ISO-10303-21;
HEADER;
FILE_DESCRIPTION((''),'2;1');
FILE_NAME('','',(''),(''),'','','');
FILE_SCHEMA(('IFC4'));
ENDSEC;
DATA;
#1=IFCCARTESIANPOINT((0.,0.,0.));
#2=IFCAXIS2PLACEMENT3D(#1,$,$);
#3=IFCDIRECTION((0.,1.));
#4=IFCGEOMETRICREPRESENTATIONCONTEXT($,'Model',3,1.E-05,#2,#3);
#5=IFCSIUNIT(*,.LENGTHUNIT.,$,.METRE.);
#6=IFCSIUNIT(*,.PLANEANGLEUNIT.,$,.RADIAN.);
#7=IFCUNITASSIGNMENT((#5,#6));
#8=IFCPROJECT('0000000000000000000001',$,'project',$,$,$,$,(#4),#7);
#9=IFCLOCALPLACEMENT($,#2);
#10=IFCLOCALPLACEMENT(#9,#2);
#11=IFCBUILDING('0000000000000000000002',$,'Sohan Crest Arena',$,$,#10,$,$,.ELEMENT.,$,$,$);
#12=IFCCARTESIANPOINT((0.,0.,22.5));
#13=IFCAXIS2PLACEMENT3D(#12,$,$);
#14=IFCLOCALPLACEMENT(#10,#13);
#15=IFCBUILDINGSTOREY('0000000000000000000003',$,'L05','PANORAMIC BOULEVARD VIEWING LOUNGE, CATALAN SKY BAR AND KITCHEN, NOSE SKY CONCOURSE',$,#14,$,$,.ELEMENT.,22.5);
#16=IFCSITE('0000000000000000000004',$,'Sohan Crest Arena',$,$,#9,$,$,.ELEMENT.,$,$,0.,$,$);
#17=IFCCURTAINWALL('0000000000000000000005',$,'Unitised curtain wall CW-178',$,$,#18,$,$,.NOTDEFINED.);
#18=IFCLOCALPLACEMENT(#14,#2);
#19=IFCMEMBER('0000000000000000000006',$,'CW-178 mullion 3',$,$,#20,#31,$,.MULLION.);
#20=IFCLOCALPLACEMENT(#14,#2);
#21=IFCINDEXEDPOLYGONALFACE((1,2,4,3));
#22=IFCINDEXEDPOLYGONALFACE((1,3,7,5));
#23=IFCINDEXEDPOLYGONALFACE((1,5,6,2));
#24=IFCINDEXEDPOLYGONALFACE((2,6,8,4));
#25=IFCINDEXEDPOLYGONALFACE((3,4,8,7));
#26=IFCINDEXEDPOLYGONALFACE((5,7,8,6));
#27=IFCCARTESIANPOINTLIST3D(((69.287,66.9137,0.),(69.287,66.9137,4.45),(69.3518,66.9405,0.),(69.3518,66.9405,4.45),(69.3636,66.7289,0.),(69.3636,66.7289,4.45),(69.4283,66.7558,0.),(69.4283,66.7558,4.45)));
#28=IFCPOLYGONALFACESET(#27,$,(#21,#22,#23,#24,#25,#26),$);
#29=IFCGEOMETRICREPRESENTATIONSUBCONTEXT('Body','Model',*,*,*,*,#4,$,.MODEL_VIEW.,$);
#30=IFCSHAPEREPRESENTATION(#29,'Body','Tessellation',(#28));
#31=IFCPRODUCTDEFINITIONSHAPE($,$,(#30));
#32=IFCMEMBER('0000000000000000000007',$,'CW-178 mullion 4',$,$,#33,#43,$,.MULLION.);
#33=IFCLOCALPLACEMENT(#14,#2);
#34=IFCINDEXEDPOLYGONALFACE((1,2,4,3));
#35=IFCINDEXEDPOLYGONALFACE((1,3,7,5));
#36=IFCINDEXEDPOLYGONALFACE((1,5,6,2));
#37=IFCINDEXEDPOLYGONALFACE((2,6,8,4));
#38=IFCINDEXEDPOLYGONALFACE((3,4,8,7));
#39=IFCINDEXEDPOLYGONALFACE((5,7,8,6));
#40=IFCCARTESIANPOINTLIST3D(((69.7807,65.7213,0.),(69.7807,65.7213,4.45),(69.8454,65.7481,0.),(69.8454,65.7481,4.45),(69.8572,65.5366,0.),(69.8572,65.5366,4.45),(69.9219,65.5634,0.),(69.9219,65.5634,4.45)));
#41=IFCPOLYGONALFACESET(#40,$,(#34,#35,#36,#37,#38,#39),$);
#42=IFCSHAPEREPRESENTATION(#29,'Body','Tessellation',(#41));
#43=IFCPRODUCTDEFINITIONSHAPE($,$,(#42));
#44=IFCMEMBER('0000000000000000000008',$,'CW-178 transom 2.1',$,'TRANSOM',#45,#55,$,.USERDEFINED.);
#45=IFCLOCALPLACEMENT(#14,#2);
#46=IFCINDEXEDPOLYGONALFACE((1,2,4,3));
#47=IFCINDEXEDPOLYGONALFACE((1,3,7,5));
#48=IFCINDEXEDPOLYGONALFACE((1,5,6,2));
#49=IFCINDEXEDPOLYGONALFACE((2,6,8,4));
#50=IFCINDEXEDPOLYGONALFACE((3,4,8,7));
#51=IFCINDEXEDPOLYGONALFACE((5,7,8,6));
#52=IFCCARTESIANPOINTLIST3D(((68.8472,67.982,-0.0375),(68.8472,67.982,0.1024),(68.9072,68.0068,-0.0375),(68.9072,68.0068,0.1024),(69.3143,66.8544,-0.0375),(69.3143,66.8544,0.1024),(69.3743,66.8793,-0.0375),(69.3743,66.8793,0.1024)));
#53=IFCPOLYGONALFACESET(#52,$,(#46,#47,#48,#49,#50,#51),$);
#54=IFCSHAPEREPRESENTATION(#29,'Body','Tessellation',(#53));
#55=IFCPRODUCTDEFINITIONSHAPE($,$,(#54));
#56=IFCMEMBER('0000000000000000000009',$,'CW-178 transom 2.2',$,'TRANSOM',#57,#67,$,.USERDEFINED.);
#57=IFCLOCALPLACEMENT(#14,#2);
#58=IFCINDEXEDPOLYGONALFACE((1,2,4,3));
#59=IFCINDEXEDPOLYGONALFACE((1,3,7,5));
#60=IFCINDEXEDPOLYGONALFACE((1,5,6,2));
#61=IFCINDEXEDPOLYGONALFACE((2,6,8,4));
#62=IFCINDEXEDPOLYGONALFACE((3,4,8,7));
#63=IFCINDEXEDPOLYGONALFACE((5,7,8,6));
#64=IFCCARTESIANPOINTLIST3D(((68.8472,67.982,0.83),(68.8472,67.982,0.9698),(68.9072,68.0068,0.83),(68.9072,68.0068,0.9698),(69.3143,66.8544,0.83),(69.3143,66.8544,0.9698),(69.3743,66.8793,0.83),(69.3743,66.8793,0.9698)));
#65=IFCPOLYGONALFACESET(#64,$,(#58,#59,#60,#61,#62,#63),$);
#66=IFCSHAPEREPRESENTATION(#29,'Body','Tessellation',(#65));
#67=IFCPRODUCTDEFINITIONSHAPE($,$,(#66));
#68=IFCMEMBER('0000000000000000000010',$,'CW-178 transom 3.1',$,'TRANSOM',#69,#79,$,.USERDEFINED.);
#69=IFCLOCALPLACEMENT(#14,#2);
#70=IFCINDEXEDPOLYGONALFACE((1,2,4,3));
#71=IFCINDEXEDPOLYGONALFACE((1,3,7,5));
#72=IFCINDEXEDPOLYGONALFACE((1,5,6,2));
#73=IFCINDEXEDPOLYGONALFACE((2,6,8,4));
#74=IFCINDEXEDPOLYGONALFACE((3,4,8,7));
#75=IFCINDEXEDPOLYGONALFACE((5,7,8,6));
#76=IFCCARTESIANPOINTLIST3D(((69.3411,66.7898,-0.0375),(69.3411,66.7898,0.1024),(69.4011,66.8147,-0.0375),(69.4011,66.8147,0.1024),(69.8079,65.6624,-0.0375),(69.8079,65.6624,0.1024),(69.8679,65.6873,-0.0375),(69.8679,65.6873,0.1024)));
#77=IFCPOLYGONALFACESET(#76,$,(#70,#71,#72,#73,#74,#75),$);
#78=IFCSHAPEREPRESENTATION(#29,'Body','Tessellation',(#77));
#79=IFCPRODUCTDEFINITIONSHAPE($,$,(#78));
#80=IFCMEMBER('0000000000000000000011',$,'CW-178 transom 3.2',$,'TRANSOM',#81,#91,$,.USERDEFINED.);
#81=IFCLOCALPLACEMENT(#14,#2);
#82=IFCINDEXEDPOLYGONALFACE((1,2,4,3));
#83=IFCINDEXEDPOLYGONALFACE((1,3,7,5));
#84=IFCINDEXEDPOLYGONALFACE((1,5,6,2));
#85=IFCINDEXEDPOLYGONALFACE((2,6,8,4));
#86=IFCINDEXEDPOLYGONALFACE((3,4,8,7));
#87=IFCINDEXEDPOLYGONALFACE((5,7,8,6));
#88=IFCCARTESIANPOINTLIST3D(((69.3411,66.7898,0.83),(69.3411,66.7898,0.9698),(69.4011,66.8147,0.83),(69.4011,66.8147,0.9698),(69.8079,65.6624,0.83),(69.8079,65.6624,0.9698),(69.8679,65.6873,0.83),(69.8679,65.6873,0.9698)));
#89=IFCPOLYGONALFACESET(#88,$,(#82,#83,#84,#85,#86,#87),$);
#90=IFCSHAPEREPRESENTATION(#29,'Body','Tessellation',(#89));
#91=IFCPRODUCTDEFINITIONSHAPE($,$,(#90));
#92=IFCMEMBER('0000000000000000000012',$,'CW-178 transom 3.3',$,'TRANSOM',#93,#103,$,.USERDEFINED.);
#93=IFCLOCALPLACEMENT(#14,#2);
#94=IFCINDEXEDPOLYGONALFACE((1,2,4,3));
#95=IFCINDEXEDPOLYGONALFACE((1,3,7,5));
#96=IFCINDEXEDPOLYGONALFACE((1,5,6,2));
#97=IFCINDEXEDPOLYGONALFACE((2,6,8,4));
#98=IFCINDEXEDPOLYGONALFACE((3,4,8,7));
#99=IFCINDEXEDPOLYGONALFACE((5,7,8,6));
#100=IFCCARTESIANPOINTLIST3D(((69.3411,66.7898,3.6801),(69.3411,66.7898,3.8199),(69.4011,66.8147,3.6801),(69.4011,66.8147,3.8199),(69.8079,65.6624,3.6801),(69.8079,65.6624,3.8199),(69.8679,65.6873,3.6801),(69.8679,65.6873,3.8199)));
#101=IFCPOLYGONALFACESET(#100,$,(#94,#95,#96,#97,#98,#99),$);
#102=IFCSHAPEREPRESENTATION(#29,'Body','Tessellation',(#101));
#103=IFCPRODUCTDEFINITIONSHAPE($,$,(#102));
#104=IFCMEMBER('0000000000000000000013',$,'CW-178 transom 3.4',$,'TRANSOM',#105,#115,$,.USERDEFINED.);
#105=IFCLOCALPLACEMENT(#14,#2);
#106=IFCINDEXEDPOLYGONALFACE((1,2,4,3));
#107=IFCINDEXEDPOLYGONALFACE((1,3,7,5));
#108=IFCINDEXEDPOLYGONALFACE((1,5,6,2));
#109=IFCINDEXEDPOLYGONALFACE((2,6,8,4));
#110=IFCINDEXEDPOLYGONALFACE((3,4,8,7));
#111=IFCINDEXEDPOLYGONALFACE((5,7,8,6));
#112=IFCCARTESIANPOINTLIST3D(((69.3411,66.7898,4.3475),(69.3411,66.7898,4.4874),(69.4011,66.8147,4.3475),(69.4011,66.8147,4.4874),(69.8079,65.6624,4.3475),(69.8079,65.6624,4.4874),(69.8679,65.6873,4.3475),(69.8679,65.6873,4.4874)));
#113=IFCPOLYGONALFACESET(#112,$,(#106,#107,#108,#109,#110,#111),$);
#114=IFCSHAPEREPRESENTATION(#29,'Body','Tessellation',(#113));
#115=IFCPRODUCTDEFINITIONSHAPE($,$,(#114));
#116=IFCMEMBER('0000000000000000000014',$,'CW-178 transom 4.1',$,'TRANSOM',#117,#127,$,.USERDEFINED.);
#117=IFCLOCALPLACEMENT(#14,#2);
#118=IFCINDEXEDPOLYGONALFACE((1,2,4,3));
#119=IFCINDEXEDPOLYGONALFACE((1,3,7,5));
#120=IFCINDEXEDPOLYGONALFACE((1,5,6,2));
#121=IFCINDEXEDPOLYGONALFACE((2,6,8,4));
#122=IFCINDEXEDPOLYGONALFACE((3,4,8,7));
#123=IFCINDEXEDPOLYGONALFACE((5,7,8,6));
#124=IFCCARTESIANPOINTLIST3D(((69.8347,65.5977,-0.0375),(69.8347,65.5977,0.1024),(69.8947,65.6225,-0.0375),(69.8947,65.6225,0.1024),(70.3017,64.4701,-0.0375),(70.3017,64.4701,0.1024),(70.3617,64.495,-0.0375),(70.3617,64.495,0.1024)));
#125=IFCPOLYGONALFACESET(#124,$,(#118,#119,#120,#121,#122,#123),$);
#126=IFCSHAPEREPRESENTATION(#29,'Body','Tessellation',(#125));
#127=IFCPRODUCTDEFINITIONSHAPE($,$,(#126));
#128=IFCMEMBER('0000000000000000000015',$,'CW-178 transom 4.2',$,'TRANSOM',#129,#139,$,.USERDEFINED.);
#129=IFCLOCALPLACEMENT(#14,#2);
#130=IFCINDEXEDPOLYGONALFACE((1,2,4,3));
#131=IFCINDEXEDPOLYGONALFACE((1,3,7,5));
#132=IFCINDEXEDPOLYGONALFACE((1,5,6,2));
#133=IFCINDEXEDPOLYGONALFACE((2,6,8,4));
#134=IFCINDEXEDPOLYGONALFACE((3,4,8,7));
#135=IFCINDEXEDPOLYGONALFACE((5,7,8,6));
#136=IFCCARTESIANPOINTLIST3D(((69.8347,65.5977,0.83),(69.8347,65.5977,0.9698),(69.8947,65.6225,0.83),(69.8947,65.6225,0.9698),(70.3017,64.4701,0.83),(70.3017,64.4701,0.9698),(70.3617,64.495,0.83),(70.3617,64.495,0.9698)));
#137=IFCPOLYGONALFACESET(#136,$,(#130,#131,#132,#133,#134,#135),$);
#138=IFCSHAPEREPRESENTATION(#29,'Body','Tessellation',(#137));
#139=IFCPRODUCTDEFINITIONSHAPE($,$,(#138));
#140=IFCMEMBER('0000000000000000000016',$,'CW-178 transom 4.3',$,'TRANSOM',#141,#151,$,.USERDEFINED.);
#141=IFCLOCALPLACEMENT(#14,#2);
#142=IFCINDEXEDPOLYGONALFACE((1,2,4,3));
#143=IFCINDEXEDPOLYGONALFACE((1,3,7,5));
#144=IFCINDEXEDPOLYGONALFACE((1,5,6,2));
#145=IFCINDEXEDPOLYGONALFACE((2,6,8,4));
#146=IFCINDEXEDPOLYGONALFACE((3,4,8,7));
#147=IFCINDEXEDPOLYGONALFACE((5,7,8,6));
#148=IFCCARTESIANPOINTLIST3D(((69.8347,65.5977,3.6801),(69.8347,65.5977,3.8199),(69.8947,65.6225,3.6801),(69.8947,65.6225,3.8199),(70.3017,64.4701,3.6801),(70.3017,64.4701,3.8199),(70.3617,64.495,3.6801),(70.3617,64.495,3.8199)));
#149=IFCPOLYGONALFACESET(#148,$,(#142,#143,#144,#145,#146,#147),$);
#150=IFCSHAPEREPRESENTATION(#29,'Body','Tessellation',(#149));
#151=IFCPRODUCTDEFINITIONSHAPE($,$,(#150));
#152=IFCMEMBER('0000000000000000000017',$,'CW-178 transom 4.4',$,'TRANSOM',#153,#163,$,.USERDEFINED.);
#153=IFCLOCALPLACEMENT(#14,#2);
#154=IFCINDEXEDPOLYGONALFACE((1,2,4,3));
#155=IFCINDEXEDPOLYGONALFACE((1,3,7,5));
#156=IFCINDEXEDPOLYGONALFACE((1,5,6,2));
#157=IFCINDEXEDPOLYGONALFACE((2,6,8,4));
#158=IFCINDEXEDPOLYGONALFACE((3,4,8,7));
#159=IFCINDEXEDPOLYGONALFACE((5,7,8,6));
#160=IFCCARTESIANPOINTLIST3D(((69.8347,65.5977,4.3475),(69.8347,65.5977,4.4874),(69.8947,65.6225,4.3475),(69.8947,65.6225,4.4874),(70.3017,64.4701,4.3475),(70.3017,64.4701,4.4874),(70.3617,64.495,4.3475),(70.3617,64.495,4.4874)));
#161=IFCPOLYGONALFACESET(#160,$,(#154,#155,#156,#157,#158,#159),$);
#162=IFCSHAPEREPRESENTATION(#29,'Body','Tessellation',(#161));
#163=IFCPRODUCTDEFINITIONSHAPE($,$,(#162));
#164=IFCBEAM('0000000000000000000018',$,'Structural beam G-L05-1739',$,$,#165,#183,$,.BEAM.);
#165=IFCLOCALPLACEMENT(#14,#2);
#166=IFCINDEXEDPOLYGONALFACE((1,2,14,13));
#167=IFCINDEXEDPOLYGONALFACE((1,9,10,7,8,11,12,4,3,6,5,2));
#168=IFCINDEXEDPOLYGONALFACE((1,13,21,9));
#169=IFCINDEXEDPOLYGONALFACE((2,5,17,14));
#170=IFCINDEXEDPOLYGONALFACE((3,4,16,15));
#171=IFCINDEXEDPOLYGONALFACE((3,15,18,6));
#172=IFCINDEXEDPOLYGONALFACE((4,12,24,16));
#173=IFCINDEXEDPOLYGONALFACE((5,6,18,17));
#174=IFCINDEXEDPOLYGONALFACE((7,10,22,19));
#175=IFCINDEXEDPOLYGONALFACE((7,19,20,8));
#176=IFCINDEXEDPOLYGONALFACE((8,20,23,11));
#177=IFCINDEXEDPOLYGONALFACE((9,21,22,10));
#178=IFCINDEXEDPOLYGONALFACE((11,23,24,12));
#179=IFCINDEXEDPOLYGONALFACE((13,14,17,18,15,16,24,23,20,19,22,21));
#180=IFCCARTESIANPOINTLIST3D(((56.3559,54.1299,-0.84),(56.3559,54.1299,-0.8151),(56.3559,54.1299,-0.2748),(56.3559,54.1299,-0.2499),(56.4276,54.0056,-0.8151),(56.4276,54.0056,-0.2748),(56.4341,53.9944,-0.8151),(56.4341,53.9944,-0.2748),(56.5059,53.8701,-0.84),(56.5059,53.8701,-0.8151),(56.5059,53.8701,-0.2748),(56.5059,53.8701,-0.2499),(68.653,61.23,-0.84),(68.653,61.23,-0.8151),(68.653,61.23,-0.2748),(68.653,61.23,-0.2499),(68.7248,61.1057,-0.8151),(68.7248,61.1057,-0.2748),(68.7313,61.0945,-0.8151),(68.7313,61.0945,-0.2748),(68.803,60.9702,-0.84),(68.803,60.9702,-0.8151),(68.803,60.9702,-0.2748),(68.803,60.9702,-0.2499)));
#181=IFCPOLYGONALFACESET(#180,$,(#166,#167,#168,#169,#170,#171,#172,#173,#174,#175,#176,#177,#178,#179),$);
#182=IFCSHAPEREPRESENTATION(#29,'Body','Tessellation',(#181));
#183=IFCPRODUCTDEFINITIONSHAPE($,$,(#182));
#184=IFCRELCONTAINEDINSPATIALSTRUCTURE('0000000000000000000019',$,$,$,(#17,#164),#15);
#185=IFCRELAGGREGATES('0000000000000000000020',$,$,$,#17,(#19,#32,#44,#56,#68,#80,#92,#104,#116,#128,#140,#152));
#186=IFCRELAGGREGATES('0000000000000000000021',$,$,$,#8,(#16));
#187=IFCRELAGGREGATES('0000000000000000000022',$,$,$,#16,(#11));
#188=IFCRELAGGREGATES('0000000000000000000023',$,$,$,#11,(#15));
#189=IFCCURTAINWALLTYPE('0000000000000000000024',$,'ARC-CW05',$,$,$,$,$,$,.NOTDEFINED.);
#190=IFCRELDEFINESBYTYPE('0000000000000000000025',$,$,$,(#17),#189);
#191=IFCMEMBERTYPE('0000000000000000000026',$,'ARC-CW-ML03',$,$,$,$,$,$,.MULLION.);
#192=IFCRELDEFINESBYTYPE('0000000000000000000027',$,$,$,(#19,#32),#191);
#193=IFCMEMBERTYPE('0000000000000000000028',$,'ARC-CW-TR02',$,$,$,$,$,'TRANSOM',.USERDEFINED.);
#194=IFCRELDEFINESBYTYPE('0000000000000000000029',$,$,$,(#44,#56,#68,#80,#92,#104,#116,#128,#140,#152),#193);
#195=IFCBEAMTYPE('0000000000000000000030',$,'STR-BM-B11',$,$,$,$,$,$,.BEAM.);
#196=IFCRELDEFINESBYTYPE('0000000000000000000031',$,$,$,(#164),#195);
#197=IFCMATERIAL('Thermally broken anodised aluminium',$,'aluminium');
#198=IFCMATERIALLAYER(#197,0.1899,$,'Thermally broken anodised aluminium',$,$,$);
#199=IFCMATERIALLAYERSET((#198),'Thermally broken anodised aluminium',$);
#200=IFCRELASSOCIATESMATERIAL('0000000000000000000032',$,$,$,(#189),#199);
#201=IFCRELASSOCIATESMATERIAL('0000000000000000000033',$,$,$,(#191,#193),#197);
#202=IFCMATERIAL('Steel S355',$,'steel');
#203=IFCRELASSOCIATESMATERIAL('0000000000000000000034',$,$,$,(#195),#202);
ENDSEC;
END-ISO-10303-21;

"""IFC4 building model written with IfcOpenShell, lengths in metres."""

from ifc_helpers import new_model, si_unit, direction, frame, origin, origin_2d, place, context, subcontext, project, spatial, rectangle, i_section, extrude, material, layer, layer_set, material_profile, profile_set, type_object, element, aggregate, save


model = new_model("IFC4")

# Units and contexts
model_context = context("Model", 3, precision=1e-05, world=origin(), true_north=direction((0.0, 1.0)))
body_context = subcontext(model_context, "Body", "Model", "MODEL_VIEW")
ifc_project = project(units=[si_unit("LENGTHUNIT", "METRE"), si_unit("PLANEANGLEUNIT", "RADIAN")], contexts=[model_context])

# Site, building, storey
site_placement = place(None, origin())
site = spatial("IfcSite", under=ifc_project, at=site_placement, Name="Sohan Crest Arena", CompositionType="ELEMENT", RefElevation=0.0)
building_placement = place(site_placement, origin())
building = spatial("IfcBuilding", under=site, at=building_placement, Name="Sohan Crest Arena", CompositionType="ELEMENT")
storey_placement = place(building_placement, frame((0.0, 0.0, 22.5)))
storey = spatial("IfcBuildingStorey", under=building, at=storey_placement, Name="L05", Description="PANORAMIC BOULEVARD VIEWING LOUNGE, CATALAN SKY BAR AND KITCHEN, NOSE SKY CONCOURSE", CompositionType="ELEMENT", Elevation=22.5)

# Curtain wall, members
ifc_material_1 = material(Name="Thermally broken anodised aluminium", Category="aluminium")
ifc_layer_1 = layer(ifc_material_1, 0.1899, Name="Thermally broken anodised aluminium")
ifc_layer_set_1 = layer_set([ifc_layer_1], Name="Thermally broken anodised aluminium")
curtain_wall_type = type_object("IfcCurtainWallType", Name="ARC-CW05", PredefinedType="NOTDEFINED", material=ifc_layer_set_1)
curtain_wall_placement = place(storey_placement, origin())
curtain_wall = element("IfcCurtainWall", 1, at=curtain_wall_placement, inside=storey, type_object=curtain_wall_type, Name="Unitised curtain wall CW-178", PredefinedType="NOTDEFINED")
ifc_material_profile_1 = material_profile(ifc_material_1, rectangle(XDim=0.0701, YDim=0.2, at=origin_2d()), Name="ALU-MULL 70x200")
ifc_profile_set_1 = profile_set([ifc_material_profile_1], Name="Thermally broken anodised aluminium")
member_type_1 = type_object("IfcMemberType", Name="ARC-CW-ML03", PredefinedType="MULLION", material=ifc_profile_set_1)
member_1_placement = place(storey_placement, frame((69.3577, 66.8347, 0.0), z_axis=(0.0, 0.0, 1.0), x_axis=(0.923886, 0.382667, 0.0)))
member_1 = element("IfcMember", 2, at=member_1_placement, type_object=member_type_1, Name="CW-178 mullion 3", PredefinedType="MULLION", context=body_context, shape_type="SweptSolid", body=[
    extrude(rectangle(XDim=0.0701, YDim=0.2, at=origin_2d()), origin(), (0.0, 0.0, 1.0), 4.45),
])
member_2_placement = place(storey_placement, frame((69.8513, 65.6423, 0.0), z_axis=(0.0, 0.0, 1.0), x_axis=(0.923886, 0.382667, 0.0)))
member_2 = element("IfcMember", 3, at=member_2_placement, type_object=member_type_1, Name="CW-178 mullion 4", PredefinedType="MULLION", context=body_context, shape_type="SweptSolid", body=[
    extrude(rectangle(XDim=0.0701, YDim=0.2, at=origin_2d()), origin(), (0.0, 0.0, 1.0), 4.45),
])
ifc_material_profile_2 = material_profile(ifc_material_1, rectangle(XDim=0.0649, YDim=0.1399, at=origin_2d()), Name="ALU-TRAN 65x140")
ifc_profile_set_2 = profile_set([ifc_material_profile_2], Name="Thermally broken anodised aluminium")
member_type_2 = type_object("IfcMemberType", Name="ARC-CW-TR02", ElementType="TRANSOM", PredefinedType="USERDEFINED", material=ifc_profile_set_2)
member_3_placement = place(storey_placement, frame((68.8772, 67.9944, 0.0325), z_axis=(0.382711, -0.923868, 0.0), x_axis=(0.923868, 0.382711, 0.0)))
member_3 = element("IfcMember", 4, at=member_3_placement, type_object=member_type_2, Name="CW-178 transom 2.1", ObjectType="TRANSOM", PredefinedType="USERDEFINED", context=body_context, shape_type="SweptSolid", body=[
    extrude(rectangle(XDim=0.0649, YDim=0.1399, at=origin_2d()), origin(), (0.0, 0.0, 1.0), 1.2205),
])
member_4_placement = place(storey_placement, frame((68.8772, 67.9944, 0.8999), z_axis=(0.382711, -0.923868, 0.0), x_axis=(0.923868, 0.382711, 0.0)))
member_4 = element("IfcMember", 5, at=member_4_placement, type_object=member_type_2, Name="CW-178 transom 2.2", ObjectType="TRANSOM", PredefinedType="USERDEFINED", context=body_context, shape_type="SweptSolid", body=[
    extrude(rectangle(XDim=0.0649, YDim=0.1399, at=origin_2d()), origin(), (0.0, 0.0, 1.0), 1.2205),
])
member_5_placement = place(storey_placement, frame((69.3711, 66.8022, 0.0325), z_axis=(0.38254, -0.923939, 0.0), x_axis=(0.923939, 0.38254, 0.0)))
member_5 = element("IfcMember", 6, at=member_5_placement, type_object=member_type_2, Name="CW-178 transom 3.1", ObjectType="TRANSOM", PredefinedType="USERDEFINED", context=body_context, shape_type="SweptSolid", body=[
    extrude(rectangle(XDim=0.0649, YDim=0.1399, at=origin_2d()), origin(), (0.0, 0.0, 1.0), 1.2202),
])
member_6_placement = place(storey_placement, frame((69.3711, 66.8022, 0.8999), z_axis=(0.38254, -0.923939, 0.0), x_axis=(0.923939, 0.38254, 0.0)))
member_6 = element("IfcMember", 7, at=member_6_placement, type_object=member_type_2, Name="CW-178 transom 3.2", ObjectType="TRANSOM", PredefinedType="USERDEFINED", context=body_context, shape_type="SweptSolid", body=[
    extrude(rectangle(XDim=0.0649, YDim=0.1399, at=origin_2d()), origin(), (0.0, 0.0, 1.0), 1.2202),
])
member_7_placement = place(storey_placement, frame((69.3711, 66.8022, 3.75), z_axis=(0.38254, -0.923939, 0.0), x_axis=(0.923939, 0.38254, 0.0)))
member_7 = element("IfcMember", 8, at=member_7_placement, type_object=member_type_2, Name="CW-178 transom 3.3", ObjectType="TRANSOM", PredefinedType="USERDEFINED", context=body_context, shape_type="SweptSolid", body=[
    extrude(rectangle(XDim=0.0649, YDim=0.1399, at=origin_2d()), origin(), (0.0, 0.0, 1.0), 1.2202),
])
member_8_placement = place(storey_placement, frame((69.3711, 66.8022, 4.4175), z_axis=(0.38254, -0.923939, 0.0), x_axis=(0.923939, 0.38254, 0.0)))
member_8 = element("IfcMember", 9, at=member_8_placement, type_object=member_type_2, Name="CW-178 transom 3.4", ObjectType="TRANSOM", PredefinedType="USERDEFINED", context=body_context, shape_type="SweptSolid", body=[
    extrude(rectangle(XDim=0.0649, YDim=0.1399, at=origin_2d()), origin(), (0.0, 0.0, 1.0), 1.2202),
])
member_9_placement = place(storey_placement, frame((69.8647, 65.6101, 0.0325), z_axis=(0.38264, -0.923897, 0.0), x_axis=(0.923897, 0.38264, 0.0)))
member_9 = element("IfcMember", 10, at=member_9_placement, type_object=member_type_2, Name="CW-178 transom 4.1", ObjectType="TRANSOM", PredefinedType="USERDEFINED", context=body_context, shape_type="SweptSolid", body=[
    extrude(rectangle(XDim=0.0649, YDim=0.1399, at=origin_2d()), origin(), (0.0, 0.0, 1.0), 1.2205),
])
member_10_placement = place(storey_placement, frame((69.8647, 65.6101, 0.8999), z_axis=(0.38264, -0.923897, 0.0), x_axis=(0.923897, 0.38264, 0.0)))
member_10 = element("IfcMember", 11, at=member_10_placement, type_object=member_type_2, Name="CW-178 transom 4.2", ObjectType="TRANSOM", PredefinedType="USERDEFINED", context=body_context, shape_type="SweptSolid", body=[
    extrude(rectangle(XDim=0.0649, YDim=0.1399, at=origin_2d()), origin(), (0.0, 0.0, 1.0), 1.2205),
])
member_11_placement = place(storey_placement, frame((69.8647, 65.6101, 3.75), z_axis=(0.38264, -0.923897, 0.0), x_axis=(0.923897, 0.38264, 0.0)))
member_11 = element("IfcMember", 12, at=member_11_placement, type_object=member_type_2, Name="CW-178 transom 4.3", ObjectType="TRANSOM", PredefinedType="USERDEFINED", context=body_context, shape_type="SweptSolid", body=[
    extrude(rectangle(XDim=0.0649, YDim=0.1399, at=origin_2d()), origin(), (0.0, 0.0, 1.0), 1.2205),
])
member_12_placement = place(storey_placement, frame((69.8647, 65.6101, 4.4175), z_axis=(0.38264, -0.923897, 0.0), x_axis=(0.923897, 0.38264, 0.0)))
member_12 = element("IfcMember", 13, at=member_12_placement, type_object=member_type_2, Name="CW-178 transom 4.4", ObjectType="TRANSOM", PredefinedType="USERDEFINED", context=body_context, shape_type="SweptSolid", body=[
    extrude(rectangle(XDim=0.0649, YDim=0.1399, at=origin_2d()), origin(), (0.0, 0.0, 1.0), 1.2205),
])

# Beam
ifc_material_2 = material(Name="Steel S355", Category="steel")
ifc_material_profile_3 = material_profile(ifc_material_2, i_section(OverallWidth=0.3, OverallDepth=0.5901, WebThickness=0.0129, FlangeThickness=0.0249, at=origin_2d()), Name="HEA 600")
ifc_profile_set_3 = profile_set([ifc_material_profile_3], Name="Steel S355")
beam_type_1 = type_object("IfcBeamType", Name="STR-BM-B11", PredefinedType="BEAM", material=ifc_profile_set_3)
beam_1_placement = place(storey_placement, frame((68.728, 61.1001, -0.5449), z_axis=(-0.866015, -0.500019, 0.0), x_axis=(0.500019, -0.866015, 0.0)))
element("IfcBeam", 14, at=beam_1_placement, inside=storey, type_object=beam_type_1, Name="Structural beam G-L05-1739", PredefinedType="BEAM", context=body_context, shape_type="SweptSolid", body=[
    extrude(i_section(OverallWidth=0.3, OverallDepth=0.5901, WebThickness=0.0129, FlangeThickness=0.0249, at=origin_2d()), origin(), (0.0, 0.0, 1.0), 14.1997),
])

aggregate(curtain_wall, [member_1, member_2, member_3, member_4, member_5, member_6, member_7, member_8, member_9, member_10, member_11, member_12])

save(model, "model.ifc")
